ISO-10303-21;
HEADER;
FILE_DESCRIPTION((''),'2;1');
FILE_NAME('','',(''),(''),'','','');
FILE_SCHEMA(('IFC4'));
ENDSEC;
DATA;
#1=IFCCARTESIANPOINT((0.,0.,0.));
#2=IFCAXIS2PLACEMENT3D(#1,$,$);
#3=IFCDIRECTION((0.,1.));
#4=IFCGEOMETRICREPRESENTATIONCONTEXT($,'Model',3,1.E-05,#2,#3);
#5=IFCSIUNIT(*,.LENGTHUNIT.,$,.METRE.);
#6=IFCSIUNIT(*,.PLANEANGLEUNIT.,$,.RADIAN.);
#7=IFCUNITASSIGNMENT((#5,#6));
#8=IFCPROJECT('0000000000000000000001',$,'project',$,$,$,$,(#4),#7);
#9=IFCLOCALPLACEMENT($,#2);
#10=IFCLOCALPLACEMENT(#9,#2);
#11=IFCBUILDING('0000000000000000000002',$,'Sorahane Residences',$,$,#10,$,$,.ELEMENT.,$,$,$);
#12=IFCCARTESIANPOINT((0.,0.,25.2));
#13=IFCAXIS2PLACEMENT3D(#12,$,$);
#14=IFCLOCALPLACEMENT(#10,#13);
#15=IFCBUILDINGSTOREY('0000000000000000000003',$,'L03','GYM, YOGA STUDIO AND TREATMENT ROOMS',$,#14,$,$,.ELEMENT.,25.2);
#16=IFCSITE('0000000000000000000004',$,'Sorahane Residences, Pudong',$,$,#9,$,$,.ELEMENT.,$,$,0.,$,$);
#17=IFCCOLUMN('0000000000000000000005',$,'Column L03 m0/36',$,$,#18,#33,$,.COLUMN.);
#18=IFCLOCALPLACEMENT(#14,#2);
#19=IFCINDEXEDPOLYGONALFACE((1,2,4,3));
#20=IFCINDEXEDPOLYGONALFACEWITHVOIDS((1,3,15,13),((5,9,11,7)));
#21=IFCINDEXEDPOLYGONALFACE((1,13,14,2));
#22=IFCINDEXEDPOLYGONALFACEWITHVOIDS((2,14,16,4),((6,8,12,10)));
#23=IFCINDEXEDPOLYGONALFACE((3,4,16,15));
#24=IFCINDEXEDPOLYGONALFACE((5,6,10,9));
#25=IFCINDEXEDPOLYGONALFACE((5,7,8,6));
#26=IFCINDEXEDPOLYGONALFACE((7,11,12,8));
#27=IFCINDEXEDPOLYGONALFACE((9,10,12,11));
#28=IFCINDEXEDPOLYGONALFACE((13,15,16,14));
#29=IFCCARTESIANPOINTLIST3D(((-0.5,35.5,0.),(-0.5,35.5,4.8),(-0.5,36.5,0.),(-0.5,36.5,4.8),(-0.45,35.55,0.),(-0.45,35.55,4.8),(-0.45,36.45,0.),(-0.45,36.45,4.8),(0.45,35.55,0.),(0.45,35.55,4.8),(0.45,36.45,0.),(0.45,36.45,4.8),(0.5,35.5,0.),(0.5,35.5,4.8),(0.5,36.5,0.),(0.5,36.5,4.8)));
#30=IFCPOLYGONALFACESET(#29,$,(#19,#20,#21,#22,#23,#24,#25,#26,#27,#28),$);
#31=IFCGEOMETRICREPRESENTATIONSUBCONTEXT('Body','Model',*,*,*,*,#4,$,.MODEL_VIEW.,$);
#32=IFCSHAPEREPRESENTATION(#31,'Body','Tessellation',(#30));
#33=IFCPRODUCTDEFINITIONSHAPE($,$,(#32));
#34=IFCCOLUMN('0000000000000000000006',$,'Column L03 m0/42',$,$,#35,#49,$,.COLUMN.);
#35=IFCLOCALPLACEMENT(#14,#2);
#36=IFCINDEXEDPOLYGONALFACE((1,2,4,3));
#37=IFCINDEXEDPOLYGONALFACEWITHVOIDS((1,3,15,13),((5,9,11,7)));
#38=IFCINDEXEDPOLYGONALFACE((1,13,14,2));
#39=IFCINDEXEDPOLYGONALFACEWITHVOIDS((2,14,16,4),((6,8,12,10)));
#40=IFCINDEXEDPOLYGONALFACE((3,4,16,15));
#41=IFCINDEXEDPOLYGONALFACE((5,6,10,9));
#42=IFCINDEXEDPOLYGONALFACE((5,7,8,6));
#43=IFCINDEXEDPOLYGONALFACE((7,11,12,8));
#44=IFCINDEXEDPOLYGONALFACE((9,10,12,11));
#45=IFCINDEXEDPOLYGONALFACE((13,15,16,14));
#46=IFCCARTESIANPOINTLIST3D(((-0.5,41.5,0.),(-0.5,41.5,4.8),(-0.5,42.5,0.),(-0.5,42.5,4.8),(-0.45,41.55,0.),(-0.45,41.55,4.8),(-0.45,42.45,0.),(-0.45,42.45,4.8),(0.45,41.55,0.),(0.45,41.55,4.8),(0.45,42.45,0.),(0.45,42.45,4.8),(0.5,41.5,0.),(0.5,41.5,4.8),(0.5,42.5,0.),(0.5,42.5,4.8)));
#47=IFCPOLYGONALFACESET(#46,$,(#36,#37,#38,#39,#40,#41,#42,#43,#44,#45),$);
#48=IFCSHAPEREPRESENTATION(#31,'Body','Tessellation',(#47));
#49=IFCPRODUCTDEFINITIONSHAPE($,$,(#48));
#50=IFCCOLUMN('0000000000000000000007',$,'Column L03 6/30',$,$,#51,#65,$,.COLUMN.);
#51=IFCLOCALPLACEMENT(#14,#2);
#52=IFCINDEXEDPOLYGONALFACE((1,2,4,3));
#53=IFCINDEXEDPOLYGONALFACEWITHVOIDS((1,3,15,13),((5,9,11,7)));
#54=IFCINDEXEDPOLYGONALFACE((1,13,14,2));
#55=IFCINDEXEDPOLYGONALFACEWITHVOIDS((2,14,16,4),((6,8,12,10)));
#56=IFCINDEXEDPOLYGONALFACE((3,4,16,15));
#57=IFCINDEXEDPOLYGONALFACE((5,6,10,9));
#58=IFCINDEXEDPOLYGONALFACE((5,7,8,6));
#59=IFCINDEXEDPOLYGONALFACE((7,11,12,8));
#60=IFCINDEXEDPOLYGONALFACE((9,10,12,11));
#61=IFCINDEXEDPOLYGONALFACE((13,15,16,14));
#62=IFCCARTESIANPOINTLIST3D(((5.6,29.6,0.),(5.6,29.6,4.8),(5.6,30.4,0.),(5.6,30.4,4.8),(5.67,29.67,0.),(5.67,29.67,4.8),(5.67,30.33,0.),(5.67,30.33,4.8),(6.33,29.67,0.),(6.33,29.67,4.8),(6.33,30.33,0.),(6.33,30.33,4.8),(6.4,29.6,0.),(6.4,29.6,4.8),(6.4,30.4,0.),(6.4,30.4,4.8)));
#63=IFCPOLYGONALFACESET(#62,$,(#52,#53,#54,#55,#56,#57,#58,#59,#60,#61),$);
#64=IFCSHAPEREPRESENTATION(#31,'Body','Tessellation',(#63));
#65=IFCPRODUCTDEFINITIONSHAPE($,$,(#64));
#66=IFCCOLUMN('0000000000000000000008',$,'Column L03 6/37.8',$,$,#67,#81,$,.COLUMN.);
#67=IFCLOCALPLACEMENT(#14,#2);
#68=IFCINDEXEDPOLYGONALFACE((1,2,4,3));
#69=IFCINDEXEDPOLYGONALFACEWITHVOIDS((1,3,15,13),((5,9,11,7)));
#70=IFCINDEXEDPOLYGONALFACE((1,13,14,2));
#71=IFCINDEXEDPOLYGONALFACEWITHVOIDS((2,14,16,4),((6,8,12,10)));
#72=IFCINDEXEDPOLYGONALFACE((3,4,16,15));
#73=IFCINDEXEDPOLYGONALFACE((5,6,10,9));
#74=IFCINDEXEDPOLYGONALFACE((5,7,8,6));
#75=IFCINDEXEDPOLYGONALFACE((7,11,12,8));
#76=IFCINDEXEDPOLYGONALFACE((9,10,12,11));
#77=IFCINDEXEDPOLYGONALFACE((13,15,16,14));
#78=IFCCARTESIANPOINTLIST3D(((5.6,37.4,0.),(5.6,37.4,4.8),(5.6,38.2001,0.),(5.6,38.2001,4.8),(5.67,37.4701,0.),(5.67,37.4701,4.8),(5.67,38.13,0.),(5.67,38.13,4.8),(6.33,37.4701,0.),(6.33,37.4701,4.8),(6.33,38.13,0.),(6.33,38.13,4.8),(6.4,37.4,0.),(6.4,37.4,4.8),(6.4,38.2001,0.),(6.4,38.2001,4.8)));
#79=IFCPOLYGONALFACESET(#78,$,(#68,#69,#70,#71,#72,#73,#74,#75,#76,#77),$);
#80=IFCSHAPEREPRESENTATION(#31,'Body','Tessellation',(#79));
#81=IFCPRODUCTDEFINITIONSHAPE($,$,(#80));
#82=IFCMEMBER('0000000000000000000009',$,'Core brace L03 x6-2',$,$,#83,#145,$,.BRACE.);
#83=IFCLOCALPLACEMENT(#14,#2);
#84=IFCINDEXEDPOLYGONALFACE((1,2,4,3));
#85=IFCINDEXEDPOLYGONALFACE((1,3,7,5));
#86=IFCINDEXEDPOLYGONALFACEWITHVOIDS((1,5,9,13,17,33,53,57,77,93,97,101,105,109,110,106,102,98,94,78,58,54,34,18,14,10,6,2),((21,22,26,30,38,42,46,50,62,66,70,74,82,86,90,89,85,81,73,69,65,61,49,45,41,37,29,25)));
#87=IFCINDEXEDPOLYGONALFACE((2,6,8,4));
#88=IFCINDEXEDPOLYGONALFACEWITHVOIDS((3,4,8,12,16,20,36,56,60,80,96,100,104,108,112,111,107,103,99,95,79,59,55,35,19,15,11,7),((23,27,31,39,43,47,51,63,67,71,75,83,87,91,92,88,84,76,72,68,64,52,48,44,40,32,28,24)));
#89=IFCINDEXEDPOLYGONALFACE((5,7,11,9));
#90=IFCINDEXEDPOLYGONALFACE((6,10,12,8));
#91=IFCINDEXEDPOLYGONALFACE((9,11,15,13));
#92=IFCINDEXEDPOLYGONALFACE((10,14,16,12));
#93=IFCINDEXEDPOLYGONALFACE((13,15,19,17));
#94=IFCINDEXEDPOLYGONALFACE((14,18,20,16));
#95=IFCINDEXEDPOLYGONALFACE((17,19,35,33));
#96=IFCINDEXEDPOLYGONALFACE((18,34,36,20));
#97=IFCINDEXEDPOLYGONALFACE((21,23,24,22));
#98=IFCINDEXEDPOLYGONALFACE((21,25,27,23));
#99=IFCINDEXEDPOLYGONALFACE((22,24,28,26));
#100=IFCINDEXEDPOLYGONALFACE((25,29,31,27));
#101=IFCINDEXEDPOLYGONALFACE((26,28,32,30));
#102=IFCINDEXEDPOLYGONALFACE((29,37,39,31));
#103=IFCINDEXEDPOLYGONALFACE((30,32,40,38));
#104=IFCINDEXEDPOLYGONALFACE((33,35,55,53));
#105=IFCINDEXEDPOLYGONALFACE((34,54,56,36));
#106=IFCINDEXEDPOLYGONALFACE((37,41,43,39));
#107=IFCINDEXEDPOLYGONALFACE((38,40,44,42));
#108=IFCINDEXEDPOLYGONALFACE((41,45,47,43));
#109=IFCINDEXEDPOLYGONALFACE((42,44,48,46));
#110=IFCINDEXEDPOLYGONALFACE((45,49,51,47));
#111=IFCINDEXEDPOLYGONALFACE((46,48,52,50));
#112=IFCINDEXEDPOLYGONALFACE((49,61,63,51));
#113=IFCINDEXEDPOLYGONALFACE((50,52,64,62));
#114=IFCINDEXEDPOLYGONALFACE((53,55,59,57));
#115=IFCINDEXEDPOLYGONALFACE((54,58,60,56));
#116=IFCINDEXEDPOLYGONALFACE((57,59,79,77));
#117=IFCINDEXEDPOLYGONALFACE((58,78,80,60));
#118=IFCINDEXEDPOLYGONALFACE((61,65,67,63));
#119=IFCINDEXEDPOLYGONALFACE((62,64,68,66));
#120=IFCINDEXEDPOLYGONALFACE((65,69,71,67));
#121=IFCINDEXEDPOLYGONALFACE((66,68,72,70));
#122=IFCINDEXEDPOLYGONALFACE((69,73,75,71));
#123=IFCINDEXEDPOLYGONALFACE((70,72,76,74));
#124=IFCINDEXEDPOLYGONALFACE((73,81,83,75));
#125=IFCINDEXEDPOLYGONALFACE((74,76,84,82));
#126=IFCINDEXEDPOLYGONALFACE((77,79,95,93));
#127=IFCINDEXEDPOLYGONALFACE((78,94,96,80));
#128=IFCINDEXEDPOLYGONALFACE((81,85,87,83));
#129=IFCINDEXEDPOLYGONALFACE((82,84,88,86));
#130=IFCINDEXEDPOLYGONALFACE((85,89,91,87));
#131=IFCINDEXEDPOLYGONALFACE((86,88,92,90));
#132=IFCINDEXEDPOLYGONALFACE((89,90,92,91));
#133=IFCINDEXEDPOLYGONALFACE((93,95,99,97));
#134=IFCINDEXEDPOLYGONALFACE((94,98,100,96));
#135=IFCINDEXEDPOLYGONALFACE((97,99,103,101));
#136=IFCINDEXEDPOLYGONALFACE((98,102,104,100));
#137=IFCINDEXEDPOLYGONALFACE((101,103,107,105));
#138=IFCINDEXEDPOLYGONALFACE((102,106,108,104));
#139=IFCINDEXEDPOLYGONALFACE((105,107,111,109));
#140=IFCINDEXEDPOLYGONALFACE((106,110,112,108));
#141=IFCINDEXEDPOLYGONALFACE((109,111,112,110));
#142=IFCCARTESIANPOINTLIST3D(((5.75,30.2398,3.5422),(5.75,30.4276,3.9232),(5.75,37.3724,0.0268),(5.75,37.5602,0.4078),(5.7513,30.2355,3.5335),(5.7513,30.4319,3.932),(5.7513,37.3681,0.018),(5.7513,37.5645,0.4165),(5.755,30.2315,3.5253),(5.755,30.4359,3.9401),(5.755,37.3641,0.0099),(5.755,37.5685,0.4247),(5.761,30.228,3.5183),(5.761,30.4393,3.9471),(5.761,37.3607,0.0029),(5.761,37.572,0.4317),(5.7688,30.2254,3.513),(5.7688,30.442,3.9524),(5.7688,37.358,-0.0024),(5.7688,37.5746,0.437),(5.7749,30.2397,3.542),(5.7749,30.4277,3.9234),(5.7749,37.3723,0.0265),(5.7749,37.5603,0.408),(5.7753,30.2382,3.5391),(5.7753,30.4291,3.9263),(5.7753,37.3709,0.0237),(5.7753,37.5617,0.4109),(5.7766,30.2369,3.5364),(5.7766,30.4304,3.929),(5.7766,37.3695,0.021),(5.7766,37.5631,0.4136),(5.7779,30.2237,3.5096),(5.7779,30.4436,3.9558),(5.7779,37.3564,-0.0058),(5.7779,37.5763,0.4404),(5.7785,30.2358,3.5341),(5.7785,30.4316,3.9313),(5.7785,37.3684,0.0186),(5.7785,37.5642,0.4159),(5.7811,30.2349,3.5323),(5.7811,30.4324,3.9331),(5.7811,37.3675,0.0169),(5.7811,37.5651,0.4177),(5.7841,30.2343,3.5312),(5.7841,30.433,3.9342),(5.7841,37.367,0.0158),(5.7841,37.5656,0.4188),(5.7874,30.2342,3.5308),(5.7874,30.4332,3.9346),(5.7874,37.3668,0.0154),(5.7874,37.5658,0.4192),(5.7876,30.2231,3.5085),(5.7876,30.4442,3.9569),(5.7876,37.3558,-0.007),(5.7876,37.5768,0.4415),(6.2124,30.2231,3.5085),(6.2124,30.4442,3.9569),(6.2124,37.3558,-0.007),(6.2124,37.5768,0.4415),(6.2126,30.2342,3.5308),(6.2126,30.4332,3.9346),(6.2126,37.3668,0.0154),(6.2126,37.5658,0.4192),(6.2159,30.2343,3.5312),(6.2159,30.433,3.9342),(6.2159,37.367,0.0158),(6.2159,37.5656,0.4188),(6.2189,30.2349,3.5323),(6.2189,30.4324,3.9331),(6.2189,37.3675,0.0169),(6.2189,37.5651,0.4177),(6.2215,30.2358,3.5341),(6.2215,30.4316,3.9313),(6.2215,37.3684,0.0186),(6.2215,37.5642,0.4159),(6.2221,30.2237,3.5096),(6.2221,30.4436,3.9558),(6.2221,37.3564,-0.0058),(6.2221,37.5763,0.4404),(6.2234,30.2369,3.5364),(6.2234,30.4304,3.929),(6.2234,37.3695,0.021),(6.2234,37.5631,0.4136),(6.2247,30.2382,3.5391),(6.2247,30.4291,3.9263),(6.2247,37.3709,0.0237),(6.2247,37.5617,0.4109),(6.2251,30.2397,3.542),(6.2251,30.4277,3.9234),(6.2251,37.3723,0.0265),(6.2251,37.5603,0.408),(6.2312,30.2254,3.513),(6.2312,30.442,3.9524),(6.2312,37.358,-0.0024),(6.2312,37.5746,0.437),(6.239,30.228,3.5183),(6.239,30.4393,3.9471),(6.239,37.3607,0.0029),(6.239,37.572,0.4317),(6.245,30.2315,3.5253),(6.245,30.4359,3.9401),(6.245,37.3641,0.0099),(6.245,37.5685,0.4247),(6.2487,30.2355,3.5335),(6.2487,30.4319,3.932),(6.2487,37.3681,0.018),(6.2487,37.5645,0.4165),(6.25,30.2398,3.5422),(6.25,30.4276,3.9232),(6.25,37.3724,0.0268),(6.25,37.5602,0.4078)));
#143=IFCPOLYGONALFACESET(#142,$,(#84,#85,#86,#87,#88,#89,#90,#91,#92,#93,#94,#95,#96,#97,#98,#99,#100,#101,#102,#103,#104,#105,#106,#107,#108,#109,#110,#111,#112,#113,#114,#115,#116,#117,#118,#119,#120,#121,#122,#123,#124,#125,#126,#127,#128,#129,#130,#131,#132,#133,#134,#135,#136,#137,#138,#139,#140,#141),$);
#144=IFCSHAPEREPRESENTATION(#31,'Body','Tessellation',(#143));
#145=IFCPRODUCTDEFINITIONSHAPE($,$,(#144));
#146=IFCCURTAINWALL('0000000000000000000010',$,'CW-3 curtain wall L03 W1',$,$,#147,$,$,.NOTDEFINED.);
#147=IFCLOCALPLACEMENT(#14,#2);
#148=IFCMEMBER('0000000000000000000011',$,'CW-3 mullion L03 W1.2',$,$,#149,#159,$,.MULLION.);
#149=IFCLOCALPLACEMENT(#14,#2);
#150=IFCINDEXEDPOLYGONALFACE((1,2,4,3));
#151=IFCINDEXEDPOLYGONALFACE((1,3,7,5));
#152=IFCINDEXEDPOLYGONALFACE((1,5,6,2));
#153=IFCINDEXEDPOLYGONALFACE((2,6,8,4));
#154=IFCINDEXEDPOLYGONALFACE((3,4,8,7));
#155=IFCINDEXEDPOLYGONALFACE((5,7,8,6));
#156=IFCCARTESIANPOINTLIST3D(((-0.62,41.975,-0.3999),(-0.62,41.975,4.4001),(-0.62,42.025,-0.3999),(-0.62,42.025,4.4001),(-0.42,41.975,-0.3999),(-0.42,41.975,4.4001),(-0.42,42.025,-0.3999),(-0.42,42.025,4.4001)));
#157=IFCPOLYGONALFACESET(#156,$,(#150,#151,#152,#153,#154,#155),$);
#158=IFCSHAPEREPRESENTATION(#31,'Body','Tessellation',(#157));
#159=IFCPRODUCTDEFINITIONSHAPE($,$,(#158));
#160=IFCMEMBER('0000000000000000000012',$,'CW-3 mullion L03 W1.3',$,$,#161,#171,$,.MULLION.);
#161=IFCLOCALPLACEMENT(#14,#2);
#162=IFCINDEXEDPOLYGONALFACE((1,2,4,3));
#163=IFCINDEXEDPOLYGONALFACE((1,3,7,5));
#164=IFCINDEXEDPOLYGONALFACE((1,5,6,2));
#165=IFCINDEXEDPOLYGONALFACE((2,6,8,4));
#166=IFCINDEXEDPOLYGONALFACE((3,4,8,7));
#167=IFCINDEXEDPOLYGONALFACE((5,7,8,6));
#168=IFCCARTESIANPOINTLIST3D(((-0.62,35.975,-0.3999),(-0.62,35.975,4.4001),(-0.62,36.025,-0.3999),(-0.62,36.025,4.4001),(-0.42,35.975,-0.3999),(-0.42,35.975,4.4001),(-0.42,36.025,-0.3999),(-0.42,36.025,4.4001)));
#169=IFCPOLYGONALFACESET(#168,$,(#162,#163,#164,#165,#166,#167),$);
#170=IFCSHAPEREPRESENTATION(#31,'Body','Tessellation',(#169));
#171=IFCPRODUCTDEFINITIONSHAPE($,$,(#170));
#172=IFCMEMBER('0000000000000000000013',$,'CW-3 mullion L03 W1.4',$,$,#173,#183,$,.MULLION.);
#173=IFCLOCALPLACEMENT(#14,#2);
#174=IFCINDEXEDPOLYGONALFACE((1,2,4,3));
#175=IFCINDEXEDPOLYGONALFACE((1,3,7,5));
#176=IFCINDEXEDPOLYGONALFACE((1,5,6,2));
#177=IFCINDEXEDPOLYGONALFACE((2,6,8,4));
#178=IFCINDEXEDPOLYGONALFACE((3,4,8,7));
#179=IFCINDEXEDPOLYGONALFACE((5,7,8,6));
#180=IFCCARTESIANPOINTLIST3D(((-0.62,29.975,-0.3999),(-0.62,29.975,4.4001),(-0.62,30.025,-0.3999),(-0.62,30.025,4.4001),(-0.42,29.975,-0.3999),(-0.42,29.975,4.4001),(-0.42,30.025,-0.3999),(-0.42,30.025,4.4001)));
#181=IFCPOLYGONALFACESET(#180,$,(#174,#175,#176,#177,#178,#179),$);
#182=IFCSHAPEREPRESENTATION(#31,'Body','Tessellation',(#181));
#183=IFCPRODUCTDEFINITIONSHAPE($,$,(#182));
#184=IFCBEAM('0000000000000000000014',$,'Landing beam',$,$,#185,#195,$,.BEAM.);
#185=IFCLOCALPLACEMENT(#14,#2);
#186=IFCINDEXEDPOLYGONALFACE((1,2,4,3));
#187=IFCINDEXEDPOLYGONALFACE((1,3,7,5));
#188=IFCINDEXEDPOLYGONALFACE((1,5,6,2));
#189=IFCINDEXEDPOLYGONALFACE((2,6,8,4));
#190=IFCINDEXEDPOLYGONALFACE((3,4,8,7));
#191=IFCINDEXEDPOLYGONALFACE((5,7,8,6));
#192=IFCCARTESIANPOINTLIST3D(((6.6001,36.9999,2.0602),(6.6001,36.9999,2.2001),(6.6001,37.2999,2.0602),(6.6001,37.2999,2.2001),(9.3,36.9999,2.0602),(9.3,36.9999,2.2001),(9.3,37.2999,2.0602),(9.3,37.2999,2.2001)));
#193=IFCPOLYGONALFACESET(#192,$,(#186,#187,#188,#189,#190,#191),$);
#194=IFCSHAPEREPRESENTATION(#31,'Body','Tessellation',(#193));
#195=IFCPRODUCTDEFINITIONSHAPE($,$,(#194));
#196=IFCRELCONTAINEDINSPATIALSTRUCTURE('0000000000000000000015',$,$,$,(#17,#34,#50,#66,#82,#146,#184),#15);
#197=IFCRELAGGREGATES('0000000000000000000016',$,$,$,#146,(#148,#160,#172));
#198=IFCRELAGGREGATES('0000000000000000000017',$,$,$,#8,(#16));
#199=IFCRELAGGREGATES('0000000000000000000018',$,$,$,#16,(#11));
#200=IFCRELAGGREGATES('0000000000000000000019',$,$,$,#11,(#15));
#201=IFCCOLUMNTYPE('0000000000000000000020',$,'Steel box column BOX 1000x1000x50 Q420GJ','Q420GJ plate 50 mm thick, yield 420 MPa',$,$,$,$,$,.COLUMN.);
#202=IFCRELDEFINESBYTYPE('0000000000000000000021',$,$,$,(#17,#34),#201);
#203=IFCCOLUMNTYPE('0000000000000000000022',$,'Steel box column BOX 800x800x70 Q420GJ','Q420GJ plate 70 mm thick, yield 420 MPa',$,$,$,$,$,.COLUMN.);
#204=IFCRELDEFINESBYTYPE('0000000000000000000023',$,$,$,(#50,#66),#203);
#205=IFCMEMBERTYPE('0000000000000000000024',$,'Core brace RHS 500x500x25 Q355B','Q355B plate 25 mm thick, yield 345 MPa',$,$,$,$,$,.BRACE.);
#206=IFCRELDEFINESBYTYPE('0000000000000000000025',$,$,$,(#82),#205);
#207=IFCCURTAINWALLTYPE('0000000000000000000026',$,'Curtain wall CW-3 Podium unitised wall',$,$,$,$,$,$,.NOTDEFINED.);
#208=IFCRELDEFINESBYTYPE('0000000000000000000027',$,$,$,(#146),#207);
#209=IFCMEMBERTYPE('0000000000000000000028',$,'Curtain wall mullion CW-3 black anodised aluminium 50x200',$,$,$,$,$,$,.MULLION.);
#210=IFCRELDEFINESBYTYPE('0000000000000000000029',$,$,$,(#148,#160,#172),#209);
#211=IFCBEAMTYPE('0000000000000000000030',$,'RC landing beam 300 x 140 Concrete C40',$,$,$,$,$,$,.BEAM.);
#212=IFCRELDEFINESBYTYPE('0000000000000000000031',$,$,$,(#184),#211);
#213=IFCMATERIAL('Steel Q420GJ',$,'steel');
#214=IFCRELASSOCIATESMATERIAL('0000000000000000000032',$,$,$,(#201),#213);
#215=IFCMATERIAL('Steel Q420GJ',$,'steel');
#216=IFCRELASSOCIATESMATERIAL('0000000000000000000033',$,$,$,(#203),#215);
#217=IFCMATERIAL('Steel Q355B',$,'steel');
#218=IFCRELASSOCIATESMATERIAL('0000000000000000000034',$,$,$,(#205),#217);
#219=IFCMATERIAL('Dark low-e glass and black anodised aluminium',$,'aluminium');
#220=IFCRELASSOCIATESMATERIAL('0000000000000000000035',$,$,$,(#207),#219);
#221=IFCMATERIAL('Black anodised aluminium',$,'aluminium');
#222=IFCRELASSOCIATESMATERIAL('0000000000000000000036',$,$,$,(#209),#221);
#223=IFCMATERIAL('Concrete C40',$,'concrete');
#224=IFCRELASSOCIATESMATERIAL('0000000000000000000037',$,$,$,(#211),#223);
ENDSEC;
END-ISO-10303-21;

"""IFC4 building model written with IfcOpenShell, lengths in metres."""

from ifc_helpers import new_model, si_unit, direction, frame, origin, origin_2d, place, context, subcontext, project, spatial, rectangle, hollow_rectangle, extrude, material, material_profile, profile_set, type_object, element, aggregate, save


model = new_model("IFC4")

# Units and contexts
model_context = context("Model", 3, precision=1e-05, world=origin(), true_north=direction((0.0, 1.0)))
body_context = subcontext(model_context, "Body", "Model", "MODEL_VIEW")
ifc_project = project(units=[si_unit("LENGTHUNIT", "METRE"), si_unit("PLANEANGLEUNIT", "RADIAN")], contexts=[model_context])

# Site, building, storey
site_placement = place(None, origin())
site = spatial("IfcSite", under=ifc_project, at=site_placement, Name="Sorahane Residences, Pudong", CompositionType="ELEMENT", RefElevation=0.0)
building_placement = place(site_placement, origin())
building = spatial("IfcBuilding", under=site, at=building_placement, Name="Sorahane Residences", CompositionType="ELEMENT")
storey_placement = place(building_placement, frame((0.0, 0.0, 25.2)))
storey = spatial("IfcBuildingStorey", under=building, at=storey_placement, Name="L03", Description="GYM, YOGA STUDIO AND TREATMENT ROOMS", CompositionType="ELEMENT", Elevation=25.2)

# Columns
ifc_material_1 = material(Name="Steel Q420GJ", Category="steel")
ifc_material_profile_1 = material_profile(ifc_material_1, hollow_rectangle(XDim=1.0, YDim=1.0, WallThickness=0.05, at=origin_2d()), Name="BOX 1000x1000x50")
ifc_profile_set_1 = profile_set([ifc_material_profile_1], Name="Steel Q420GJ")
column_type_1 = type_object("IfcColumnType", Name="Steel box column BOX 1000x1000x50 Q420GJ", Description="Q420GJ plate 50 mm thick, yield 420 MPa", PredefinedType="COLUMN", material=ifc_profile_set_1)
for number, where, z_axis, x_axis, name in (
    (1, (0.0, 36.0, 0.0), (0.0, 0.0, 1.0), (1.0, 0.0, 0.0), "Column L03 m0/36"),
    (2, (0.0, 42.0, 0.0), (0.0, 0.0, 1.0), (1.0, 0.0, 0.0), "Column L03 m0/42"),
):
    element("IfcColumn", number, at=place(storey_placement, frame(where, z_axis=z_axis, x_axis=x_axis)), inside=storey, type_object=column_type_1, Name=name, PredefinedType="COLUMN", context=body_context, shape_type="SweptSolid", body=[
        extrude(hollow_rectangle(XDim=1.0, YDim=1.0, WallThickness=0.05, at=origin_2d()), origin(), (0.0, 0.0, 1.0), 4.8),
    ])
ifc_material_2 = material(Name="Steel Q420GJ", Category="steel")
ifc_material_profile_2 = material_profile(ifc_material_2, hollow_rectangle(XDim=0.8, YDim=0.8, WallThickness=0.0701, at=origin_2d()), Name="BOX 800x800x70")
ifc_profile_set_2 = profile_set([ifc_material_profile_2], Name="Steel Q420GJ")
column_type_2 = type_object("IfcColumnType", Name="Steel box column BOX 800x800x70 Q420GJ", Description="Q420GJ plate 70 mm thick, yield 420 MPa", PredefinedType="COLUMN", material=ifc_profile_set_2)
for number, where, z_axis, x_axis, name in (
    (3, (6.0, 30.0, 0.0), (0.0, 0.0, 1.0), (1.0, 0.0, 0.0), "Column L03 6/30"),
    (4, (6.0, 37.8, 0.0), (0.0, 0.0, 1.0), (1.0, 0.0, 0.0), "Column L03 6/37.8"),
):
    element("IfcColumn", number, at=place(storey_placement, frame(where, z_axis=z_axis, x_axis=x_axis)), inside=storey, type_object=column_type_2, Name=name, PredefinedType="COLUMN", context=body_context, shape_type="SweptSolid", body=[
        extrude(hollow_rectangle(XDim=0.8, YDim=0.8, WallThickness=0.0701, at=origin_2d()), origin(), (0.0, 0.0, 1.0), 4.8),
    ])

# Member
ifc_material_3 = material(Name="Steel Q355B", Category="steel")
ifc_material_profile_3 = material_profile(ifc_material_3, hollow_rectangle(XDim=0.5, YDim=0.5, WallThickness=0.0249, InnerFilletRadius=0.0125, OuterFilletRadius=0.0376, at=origin_2d()), Name="RHS 500x500x25")
ifc_profile_set_3 = profile_set([ifc_material_profile_3], Name="Steel Q355B")
member_type_1 = type_object("IfcMemberType", Name="Core brace RHS 500x500x25 Q355B", Description="Q355B plate 25 mm thick, yield 345 MPa", PredefinedType="BRACE", material=ifc_profile_set_3)
member_1_placement = place(storey_placement, frame((6.0, 37.4663, 0.2173), z_axis=(0.0, -0.896973, 0.442085), x_axis=(1.0, 0.0, 0.0)))
element("IfcMember", 5, at=member_1_placement, inside=storey, type_object=member_type_1, Name="Core brace L03 x6-2", PredefinedType="BRACE", context=body_context, shape_type="SweptSolid", body=[
    extrude(hollow_rectangle(XDim=0.5, YDim=0.5, WallThickness=0.0249, InnerFilletRadius=0.0125, OuterFilletRadius=0.0376, at=origin_2d()), origin(), (0.0, 0.0, 1.0), 7.9519),
])

# Curtain wall, members
ifc_material_4 = material(Name="Dark low-e glass and black anodised aluminium", Category="aluminium")
curtain_wall_type = type_object("IfcCurtainWallType", Name="Curtain wall CW-3 Podium unitised wall", PredefinedType="NOTDEFINED", material=ifc_material_4)
curtain_wall_placement = place(storey_placement, origin())
curtain_wall = element("IfcCurtainWall", 6, at=curtain_wall_placement, inside=storey, type_object=curtain_wall_type, Name="CW-3 curtain wall L03 W1", PredefinedType="NOTDEFINED")
ifc_material_5 = material(Name="Black anodised aluminium", Category="aluminium")
ifc_material_profile_4 = material_profile(ifc_material_5, rectangle(XDim=0.2, YDim=0.05, at=origin_2d()), Name="Curtain wall mullion CW-3 black anodised aluminium 50x200")
ifc_profile_set_4 = profile_set([ifc_material_profile_4], Name="Black anodised aluminium")
member_type_2 = type_object("IfcMemberType", Name="Curtain wall mullion CW-3 black anodised aluminium 50x200", PredefinedType="MULLION", material=ifc_profile_set_4)
member_2_placement = place(storey_placement, frame((-0.52, 42.0, -0.3999), z_axis=(0.0, 0.0, 1.0), x_axis=(-1.0, 0.0, 0.0)))
member_2 = element("IfcMember", 7, at=member_2_placement, type_object=member_type_2, Name="CW-3 mullion L03 W1.2", PredefinedType="MULLION", context=body_context, shape_type="SweptSolid", body=[
    extrude(rectangle(XDim=0.2, YDim=0.05, at=origin_2d()), origin(), (0.0, 0.0, 1.0), 4.8),
])
member_3_placement = place(storey_placement, frame((-0.52, 36.0, -0.3999), z_axis=(0.0, 0.0, 1.0), x_axis=(-1.0, 0.0, 0.0)))
member_3 = element("IfcMember", 8, at=member_3_placement, type_object=member_type_2, Name="CW-3 mullion L03 W1.3", PredefinedType="MULLION", context=body_context, shape_type="SweptSolid", body=[
    extrude(rectangle(XDim=0.2, YDim=0.05, at=origin_2d()), origin(), (0.0, 0.0, 1.0), 4.8),
])
member_4_placement = place(storey_placement, frame((-0.52, 30.0, -0.3999), z_axis=(0.0, 0.0, 1.0), x_axis=(-1.0, 0.0, 0.0)))
member_4 = element("IfcMember", 9, at=member_4_placement, type_object=member_type_2, Name="CW-3 mullion L03 W1.4", PredefinedType="MULLION", context=body_context, shape_type="SweptSolid", body=[
    extrude(rectangle(XDim=0.2, YDim=0.05, at=origin_2d()), origin(), (0.0, 0.0, 1.0), 4.8),
])

# Beam
ifc_material_6 = material(Name="Concrete C40", Category="concrete")
ifc_material_profile_5 = material_profile(ifc_material_6, rectangle(XDim=0.3, YDim=0.1399, at=origin_2d()), Name="300x140")
ifc_profile_set_5 = profile_set([ifc_material_profile_5], Name="Concrete C40")
beam_type_1 = type_object("IfcBeamType", Name="RC landing beam 300 x 140 Concrete C40", PredefinedType="BEAM", material=ifc_profile_set_5)
for number, where, z_axis, x_axis, name in (
    (10, (6.6001, 37.1499, 2.1301), (1.0, 0.0, 0.0), (0.0, 1.0, 0.0), "Landing beam"),
):
    element("IfcBeam", number, at=place(storey_placement, frame(where, z_axis=z_axis, x_axis=x_axis)), inside=storey, type_object=beam_type_1, Name=name, PredefinedType="BEAM", context=body_context, shape_type="SweptSolid", body=[
        extrude(rectangle(XDim=0.3, YDim=0.1399, at=origin_2d()), origin(), (0.0, 0.0, 1.0), 2.7),
    ])

aggregate(curtain_wall, [member_2, member_3, member_4])

save(model, "model.ifc")
